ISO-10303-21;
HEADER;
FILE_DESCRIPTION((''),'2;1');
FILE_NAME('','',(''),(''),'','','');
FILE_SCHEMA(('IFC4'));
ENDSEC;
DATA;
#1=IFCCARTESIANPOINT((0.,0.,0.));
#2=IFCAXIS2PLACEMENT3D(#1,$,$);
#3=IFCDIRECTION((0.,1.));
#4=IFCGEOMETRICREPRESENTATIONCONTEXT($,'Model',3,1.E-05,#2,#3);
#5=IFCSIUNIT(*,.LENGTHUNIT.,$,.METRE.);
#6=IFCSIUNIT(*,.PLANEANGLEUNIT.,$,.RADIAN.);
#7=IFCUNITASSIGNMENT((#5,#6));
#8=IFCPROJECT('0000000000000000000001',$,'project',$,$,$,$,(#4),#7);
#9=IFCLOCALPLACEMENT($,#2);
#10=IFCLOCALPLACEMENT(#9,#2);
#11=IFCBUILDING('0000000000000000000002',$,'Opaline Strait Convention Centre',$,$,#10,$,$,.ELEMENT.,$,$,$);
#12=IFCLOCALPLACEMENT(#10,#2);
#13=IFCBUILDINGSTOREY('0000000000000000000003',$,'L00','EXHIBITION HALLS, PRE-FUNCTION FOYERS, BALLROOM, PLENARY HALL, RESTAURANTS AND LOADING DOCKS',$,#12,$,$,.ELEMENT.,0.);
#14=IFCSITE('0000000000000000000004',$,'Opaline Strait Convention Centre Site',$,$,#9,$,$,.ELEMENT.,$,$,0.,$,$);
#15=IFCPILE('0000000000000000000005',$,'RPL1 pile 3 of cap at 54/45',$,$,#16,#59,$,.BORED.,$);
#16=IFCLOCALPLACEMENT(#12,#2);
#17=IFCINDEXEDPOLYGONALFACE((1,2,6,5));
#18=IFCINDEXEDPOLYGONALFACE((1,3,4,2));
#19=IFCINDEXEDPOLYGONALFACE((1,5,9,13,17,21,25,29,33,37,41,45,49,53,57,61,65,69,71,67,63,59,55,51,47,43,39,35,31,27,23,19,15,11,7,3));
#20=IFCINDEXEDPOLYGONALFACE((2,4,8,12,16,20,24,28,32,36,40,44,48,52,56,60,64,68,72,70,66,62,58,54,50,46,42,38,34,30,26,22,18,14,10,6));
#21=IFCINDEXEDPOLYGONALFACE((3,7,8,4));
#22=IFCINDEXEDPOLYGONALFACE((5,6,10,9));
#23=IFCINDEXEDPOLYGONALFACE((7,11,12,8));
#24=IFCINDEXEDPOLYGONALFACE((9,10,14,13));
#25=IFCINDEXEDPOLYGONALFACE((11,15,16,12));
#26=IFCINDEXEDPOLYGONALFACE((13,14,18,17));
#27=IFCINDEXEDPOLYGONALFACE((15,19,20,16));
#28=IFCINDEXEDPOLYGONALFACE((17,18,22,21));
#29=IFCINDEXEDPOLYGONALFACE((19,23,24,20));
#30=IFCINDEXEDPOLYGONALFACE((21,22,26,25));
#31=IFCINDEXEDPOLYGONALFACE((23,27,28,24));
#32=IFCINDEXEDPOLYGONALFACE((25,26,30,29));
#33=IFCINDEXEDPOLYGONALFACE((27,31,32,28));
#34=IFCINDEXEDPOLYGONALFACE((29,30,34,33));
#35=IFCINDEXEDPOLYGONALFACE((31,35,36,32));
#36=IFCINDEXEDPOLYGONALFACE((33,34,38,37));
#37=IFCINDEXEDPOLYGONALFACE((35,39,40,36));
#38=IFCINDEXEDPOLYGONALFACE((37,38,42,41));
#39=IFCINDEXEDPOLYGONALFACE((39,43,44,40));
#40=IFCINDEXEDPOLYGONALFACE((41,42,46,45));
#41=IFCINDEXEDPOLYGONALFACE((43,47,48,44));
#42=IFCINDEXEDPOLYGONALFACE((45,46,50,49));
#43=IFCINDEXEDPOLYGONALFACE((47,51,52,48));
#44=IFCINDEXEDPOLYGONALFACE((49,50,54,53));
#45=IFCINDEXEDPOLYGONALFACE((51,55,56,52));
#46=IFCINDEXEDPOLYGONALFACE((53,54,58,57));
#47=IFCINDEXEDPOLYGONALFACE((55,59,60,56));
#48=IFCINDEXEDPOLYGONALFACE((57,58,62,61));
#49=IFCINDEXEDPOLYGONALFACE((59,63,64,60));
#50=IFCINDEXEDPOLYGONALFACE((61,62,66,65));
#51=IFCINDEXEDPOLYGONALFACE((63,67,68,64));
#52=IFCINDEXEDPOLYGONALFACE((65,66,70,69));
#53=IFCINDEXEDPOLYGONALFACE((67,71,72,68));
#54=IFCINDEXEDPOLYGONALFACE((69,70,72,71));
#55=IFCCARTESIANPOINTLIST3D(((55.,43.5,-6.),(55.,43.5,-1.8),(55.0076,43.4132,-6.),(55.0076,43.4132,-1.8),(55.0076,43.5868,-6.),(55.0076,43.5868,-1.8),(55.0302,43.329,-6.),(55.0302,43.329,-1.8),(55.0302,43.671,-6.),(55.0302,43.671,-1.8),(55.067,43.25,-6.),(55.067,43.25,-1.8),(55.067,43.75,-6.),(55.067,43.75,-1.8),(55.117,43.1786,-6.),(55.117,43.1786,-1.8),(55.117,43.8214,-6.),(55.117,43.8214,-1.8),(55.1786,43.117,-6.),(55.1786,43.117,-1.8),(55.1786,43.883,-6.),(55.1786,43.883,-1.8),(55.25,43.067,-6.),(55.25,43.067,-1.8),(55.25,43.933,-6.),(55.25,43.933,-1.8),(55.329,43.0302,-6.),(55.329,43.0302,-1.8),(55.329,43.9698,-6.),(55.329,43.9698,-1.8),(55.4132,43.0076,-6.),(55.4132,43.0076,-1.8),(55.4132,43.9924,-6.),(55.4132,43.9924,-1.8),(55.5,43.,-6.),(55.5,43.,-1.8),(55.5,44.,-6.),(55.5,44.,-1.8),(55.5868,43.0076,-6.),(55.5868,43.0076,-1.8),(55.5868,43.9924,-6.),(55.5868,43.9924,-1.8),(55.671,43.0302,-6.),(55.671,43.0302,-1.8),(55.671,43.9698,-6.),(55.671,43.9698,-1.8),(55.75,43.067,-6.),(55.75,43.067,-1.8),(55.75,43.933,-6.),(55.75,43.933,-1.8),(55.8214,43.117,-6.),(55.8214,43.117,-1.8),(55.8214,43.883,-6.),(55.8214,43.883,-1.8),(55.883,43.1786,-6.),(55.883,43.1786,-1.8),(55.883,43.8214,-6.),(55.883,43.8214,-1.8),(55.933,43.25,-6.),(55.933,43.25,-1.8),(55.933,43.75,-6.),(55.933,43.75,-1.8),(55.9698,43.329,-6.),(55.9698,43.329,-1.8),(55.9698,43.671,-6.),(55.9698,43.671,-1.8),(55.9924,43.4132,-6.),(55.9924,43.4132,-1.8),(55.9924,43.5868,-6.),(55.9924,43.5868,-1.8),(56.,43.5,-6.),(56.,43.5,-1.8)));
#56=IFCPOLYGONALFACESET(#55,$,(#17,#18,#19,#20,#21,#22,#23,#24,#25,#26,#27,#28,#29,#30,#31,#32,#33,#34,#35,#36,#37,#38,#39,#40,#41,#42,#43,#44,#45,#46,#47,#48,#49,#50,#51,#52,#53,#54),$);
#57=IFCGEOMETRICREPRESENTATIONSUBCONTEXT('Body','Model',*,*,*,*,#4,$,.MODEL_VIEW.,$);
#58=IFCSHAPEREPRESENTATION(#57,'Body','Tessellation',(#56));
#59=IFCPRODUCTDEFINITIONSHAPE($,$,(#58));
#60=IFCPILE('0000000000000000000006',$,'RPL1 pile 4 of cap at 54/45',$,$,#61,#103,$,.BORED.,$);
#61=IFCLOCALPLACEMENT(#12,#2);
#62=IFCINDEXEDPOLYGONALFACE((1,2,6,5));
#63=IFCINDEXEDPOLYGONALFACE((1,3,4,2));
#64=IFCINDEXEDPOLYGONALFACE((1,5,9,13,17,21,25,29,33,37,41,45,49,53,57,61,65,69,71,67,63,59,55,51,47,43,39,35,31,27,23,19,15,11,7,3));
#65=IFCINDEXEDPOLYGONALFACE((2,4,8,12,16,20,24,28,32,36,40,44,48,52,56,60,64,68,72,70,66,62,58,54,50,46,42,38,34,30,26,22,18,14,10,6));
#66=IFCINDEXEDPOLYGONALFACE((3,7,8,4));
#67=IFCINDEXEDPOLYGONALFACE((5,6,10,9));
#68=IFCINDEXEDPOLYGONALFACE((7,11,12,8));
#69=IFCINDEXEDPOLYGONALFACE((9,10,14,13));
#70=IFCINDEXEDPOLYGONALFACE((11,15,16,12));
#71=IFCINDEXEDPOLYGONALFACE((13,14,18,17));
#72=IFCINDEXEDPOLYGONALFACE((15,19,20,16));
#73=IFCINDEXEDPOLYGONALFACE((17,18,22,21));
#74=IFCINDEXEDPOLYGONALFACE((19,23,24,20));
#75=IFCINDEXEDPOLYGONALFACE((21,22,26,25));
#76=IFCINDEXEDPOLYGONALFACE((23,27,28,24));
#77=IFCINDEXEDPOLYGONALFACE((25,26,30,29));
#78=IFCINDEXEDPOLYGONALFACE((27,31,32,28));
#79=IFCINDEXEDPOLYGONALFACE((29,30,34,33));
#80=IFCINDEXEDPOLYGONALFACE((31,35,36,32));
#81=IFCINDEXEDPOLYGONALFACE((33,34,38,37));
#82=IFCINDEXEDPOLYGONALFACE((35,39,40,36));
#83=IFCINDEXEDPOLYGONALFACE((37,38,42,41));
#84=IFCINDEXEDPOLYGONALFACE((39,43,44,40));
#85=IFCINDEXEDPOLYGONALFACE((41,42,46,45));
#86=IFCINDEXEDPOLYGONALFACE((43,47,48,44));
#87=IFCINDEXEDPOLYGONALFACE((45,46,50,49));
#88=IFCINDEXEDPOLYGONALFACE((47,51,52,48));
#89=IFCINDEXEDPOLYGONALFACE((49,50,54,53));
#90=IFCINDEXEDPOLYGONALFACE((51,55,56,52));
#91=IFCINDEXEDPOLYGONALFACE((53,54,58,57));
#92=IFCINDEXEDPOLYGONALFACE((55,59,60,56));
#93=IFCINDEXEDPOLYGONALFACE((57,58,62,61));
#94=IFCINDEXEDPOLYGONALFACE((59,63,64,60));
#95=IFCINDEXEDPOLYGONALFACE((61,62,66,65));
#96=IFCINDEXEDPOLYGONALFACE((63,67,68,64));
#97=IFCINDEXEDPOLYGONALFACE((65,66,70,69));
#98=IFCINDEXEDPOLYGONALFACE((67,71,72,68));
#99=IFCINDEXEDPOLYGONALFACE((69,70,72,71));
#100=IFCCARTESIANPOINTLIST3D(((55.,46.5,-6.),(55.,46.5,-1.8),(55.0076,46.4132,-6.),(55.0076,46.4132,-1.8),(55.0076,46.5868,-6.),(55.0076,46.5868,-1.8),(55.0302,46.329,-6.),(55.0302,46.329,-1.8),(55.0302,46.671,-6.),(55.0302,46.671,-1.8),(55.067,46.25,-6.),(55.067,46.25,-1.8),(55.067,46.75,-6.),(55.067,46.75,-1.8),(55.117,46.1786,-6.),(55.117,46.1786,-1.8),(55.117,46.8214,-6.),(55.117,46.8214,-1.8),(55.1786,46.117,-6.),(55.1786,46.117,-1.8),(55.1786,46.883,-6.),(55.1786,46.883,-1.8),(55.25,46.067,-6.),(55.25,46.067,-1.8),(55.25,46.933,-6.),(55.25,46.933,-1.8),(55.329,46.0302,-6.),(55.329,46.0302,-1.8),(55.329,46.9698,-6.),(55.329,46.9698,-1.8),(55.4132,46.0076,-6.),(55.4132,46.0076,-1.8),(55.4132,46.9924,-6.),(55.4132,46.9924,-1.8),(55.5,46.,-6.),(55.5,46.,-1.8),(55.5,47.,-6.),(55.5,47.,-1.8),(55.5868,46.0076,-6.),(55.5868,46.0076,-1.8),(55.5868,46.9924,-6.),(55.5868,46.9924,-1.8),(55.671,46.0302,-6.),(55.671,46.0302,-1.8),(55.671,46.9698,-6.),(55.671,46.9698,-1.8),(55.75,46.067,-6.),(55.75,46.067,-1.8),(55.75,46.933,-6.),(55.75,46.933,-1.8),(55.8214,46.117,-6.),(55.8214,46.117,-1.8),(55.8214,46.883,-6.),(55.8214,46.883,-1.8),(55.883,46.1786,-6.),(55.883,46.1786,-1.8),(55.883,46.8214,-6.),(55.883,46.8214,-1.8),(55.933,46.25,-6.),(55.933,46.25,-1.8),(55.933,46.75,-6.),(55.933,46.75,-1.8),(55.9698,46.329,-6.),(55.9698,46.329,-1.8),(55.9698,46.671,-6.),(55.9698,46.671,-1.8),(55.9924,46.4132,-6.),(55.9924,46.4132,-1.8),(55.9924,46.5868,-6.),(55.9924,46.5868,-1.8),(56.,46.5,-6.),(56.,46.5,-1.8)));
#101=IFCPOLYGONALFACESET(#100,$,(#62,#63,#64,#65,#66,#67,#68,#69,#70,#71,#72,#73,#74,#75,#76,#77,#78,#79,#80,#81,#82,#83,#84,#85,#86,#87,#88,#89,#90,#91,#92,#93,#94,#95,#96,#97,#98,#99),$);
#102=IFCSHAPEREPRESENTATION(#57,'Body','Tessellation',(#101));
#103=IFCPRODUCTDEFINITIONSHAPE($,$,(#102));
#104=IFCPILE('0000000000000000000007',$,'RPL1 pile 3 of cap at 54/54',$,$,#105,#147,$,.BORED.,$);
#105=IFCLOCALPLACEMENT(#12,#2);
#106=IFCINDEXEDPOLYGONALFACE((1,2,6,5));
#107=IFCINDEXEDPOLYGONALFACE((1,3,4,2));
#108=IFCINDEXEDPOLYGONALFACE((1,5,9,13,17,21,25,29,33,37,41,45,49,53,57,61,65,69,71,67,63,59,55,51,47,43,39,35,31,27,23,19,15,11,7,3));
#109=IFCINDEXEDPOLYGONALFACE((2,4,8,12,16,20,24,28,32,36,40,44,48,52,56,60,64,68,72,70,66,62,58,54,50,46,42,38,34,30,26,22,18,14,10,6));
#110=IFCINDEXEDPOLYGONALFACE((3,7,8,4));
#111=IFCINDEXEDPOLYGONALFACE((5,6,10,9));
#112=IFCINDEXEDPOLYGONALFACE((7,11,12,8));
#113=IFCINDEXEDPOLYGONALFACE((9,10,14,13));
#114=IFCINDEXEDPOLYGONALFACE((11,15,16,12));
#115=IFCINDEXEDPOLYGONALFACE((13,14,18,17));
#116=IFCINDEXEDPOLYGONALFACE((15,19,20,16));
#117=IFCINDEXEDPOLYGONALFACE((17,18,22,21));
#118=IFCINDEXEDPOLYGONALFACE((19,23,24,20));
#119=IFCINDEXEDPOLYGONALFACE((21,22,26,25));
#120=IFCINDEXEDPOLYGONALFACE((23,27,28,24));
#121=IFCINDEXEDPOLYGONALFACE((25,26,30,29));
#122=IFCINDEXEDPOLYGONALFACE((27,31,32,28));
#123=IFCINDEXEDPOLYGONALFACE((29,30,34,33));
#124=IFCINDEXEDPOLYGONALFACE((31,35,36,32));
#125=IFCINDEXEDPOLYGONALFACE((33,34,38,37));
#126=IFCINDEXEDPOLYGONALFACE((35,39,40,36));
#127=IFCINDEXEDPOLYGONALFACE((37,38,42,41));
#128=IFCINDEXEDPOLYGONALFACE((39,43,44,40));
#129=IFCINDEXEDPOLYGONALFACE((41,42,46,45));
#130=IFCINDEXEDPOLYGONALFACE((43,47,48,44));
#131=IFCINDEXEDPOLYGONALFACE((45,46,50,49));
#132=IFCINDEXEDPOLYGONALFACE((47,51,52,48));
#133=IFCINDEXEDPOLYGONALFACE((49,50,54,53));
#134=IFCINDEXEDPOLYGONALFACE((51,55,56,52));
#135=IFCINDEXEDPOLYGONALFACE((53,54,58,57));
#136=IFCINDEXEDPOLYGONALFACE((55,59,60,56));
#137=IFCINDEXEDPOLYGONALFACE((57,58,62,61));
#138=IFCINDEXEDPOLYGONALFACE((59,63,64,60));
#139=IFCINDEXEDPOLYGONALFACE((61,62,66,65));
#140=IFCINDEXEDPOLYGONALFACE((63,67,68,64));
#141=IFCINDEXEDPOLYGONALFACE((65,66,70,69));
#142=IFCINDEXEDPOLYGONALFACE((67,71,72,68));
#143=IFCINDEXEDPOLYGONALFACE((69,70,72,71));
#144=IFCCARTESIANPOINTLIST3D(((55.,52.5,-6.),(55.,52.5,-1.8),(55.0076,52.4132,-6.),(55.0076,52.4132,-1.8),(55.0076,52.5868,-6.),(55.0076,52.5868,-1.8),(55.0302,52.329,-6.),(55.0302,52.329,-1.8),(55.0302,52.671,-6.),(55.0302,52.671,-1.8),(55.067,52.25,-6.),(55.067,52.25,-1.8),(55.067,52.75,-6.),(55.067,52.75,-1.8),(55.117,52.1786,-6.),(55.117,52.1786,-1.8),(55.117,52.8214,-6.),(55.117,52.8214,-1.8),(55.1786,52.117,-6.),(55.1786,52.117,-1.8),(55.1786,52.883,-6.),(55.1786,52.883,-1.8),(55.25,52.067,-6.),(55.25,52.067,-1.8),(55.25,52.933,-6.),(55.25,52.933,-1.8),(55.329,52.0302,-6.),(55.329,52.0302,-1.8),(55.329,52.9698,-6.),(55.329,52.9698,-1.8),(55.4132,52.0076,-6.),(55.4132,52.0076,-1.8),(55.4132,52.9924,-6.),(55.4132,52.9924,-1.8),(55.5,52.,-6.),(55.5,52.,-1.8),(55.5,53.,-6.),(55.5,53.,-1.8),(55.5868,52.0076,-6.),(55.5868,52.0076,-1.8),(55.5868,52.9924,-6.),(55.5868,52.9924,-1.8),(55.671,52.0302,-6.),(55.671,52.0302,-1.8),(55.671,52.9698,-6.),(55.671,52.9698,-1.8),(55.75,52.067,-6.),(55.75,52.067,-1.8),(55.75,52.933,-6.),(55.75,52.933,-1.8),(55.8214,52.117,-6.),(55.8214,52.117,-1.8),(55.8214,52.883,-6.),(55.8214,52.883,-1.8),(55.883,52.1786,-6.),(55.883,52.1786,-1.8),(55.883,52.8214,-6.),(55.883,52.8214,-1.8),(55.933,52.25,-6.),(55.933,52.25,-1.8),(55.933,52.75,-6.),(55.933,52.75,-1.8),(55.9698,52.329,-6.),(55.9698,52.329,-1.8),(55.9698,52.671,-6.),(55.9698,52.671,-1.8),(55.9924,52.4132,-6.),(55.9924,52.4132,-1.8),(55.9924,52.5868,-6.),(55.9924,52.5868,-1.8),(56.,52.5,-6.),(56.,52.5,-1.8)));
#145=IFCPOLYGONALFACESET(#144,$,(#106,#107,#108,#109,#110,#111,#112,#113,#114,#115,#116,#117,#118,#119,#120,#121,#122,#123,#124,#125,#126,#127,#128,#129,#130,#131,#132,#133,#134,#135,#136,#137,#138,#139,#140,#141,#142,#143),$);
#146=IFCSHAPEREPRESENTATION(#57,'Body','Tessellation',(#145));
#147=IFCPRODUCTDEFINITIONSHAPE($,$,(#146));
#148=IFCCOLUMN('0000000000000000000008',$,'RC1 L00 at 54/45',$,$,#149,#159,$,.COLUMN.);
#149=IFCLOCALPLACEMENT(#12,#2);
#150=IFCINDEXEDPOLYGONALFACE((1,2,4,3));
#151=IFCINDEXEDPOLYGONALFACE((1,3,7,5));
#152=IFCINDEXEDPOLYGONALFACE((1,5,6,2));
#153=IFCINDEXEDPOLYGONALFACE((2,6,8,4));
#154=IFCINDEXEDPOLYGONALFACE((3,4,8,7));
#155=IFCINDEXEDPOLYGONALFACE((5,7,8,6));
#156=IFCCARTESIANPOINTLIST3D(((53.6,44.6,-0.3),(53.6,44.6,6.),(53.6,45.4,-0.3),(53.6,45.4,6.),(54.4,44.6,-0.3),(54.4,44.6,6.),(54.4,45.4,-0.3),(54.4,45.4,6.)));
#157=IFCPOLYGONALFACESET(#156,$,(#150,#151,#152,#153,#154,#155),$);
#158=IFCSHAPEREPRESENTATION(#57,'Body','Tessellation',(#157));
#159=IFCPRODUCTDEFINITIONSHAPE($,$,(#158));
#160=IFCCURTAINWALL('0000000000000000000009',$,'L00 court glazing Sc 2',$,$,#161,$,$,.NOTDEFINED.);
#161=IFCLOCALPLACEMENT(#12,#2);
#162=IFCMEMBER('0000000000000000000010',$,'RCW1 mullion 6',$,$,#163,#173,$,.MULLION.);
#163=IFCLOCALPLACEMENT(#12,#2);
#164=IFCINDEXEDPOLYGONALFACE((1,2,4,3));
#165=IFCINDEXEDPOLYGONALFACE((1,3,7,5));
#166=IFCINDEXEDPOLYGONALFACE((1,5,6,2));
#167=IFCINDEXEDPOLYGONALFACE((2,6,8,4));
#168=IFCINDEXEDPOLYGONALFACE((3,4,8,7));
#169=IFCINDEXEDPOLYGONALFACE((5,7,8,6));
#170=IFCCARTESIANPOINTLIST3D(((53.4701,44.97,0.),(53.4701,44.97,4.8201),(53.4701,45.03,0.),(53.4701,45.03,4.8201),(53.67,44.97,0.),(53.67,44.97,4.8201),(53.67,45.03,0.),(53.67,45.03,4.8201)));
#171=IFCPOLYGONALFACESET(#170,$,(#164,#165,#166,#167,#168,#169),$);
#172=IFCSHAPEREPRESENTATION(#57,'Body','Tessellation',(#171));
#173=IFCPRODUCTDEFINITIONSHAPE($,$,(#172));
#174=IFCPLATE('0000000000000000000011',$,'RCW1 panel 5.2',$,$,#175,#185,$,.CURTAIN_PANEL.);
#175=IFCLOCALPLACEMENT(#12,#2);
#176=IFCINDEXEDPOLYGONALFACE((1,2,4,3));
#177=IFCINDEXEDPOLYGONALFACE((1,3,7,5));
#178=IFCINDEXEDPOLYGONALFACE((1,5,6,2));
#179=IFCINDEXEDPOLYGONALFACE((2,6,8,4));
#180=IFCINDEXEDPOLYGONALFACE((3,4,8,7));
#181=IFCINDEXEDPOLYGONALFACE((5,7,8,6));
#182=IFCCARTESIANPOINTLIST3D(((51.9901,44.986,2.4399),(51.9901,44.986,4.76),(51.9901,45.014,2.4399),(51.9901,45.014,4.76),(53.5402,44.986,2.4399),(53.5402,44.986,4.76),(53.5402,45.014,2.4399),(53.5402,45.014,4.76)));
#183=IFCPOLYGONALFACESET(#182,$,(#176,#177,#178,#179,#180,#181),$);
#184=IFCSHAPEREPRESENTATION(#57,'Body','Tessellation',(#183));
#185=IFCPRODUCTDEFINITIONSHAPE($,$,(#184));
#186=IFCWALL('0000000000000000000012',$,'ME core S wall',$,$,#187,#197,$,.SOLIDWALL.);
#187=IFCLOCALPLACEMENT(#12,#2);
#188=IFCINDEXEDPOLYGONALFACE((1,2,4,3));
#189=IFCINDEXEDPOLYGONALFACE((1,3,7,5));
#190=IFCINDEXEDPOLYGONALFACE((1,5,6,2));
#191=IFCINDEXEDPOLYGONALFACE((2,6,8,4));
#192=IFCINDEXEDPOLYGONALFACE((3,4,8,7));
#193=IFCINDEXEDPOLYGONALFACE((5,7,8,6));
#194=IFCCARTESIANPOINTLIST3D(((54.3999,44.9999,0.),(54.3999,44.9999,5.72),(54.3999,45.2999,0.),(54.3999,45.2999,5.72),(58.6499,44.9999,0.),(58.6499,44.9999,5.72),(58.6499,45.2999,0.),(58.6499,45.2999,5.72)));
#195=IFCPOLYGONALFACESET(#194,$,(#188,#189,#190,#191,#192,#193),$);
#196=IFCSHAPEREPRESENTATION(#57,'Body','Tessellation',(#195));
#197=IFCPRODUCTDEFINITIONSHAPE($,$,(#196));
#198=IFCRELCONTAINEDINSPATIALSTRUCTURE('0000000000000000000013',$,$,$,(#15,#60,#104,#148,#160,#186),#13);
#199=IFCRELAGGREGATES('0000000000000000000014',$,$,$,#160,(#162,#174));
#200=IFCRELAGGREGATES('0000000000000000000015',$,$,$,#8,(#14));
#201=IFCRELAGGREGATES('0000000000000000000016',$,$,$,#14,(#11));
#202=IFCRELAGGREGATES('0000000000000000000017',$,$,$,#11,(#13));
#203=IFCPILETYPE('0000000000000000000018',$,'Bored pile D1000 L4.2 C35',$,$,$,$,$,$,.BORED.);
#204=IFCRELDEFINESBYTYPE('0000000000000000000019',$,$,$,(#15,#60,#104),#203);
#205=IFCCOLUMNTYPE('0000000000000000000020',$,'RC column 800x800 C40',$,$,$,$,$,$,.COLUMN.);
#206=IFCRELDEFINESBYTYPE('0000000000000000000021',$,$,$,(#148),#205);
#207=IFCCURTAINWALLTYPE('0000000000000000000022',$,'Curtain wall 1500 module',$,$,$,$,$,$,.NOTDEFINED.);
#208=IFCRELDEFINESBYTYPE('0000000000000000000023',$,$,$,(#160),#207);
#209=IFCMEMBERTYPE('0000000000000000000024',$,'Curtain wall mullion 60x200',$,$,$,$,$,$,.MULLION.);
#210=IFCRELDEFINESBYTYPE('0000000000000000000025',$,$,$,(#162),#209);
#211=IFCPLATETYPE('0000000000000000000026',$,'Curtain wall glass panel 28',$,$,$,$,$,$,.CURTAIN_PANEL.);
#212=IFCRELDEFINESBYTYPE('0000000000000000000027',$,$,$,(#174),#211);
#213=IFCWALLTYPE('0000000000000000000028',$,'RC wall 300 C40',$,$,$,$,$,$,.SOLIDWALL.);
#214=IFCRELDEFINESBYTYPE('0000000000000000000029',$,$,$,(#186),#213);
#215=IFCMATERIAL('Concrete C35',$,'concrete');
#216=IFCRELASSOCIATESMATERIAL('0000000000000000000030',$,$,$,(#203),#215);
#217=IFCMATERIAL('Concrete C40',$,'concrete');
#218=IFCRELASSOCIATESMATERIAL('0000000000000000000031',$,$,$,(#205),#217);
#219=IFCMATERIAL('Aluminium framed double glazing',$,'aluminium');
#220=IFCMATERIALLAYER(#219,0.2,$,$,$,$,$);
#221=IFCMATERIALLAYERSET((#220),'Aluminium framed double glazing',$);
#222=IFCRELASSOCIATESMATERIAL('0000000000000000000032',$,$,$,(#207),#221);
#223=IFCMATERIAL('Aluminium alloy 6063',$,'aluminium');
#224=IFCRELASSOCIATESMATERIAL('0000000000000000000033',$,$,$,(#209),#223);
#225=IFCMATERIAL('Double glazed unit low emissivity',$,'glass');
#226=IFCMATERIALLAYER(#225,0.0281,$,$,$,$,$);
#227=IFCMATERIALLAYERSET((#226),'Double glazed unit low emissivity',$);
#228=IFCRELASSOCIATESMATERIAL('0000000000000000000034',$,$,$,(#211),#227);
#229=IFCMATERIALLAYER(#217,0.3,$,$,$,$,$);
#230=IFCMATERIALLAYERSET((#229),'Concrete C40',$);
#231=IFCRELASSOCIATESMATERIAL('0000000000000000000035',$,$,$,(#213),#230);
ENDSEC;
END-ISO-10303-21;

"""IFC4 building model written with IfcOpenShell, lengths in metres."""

from ifc_helpers import new_model, si_unit, direction, frame, frame_2d, origin, origin_2d, place, context, subcontext, project, spatial, rectangle, circle, extrude, material, layer, layer_set, material_profile, profile_set, type_object, element, aggregate, save


model = new_model("IFC4")

# Units and contexts
model_context = context("Model", 3, precision=1e-05, world=origin(), true_north=direction((0.0, 1.0)))
body_context = subcontext(model_context, "Body", "Model", "MODEL_VIEW")
ifc_project = project(units=[si_unit("LENGTHUNIT", "METRE"), si_unit("PLANEANGLEUNIT", "RADIAN")], contexts=[model_context])

# Site, building, storey
site_placement = place(None, origin())
site = spatial("IfcSite", under=ifc_project, at=site_placement, Name="Opaline Strait Convention Centre Site", CompositionType="ELEMENT", RefElevation=0.0)
building_placement = place(site_placement, origin())
building = spatial("IfcBuilding", under=site, at=building_placement, Name="Opaline Strait Convention Centre", CompositionType="ELEMENT")
storey_placement = place(building_placement, origin())
storey = spatial("IfcBuildingStorey", under=building, at=storey_placement, Name="L00", Description="EXHIBITION HALLS, PRE-FUNCTION FOYERS, BALLROOM, PLENARY HALL, RESTAURANTS AND LOADING DOCKS", CompositionType="ELEMENT", Elevation=0.0)

# Piles
ifc_material_1 = material(Name="Concrete C35", Category="concrete")
ifc_material_profile_1 = material_profile(ifc_material_1, circle(Radius=0.5, at=origin_2d()), Name="D1000")
ifc_profile_set_1 = profile_set([ifc_material_profile_1], Name="Concrete C35")
pile_type = type_object("IfcPileType", Name="Bored pile D1000 L4.2 C35", PredefinedType="BORED", material=ifc_profile_set_1)
for number, where, z_axis, x_axis, name in (
    (1, (55.5, 43.5, -1.8), (0.0, 0.0, -1.0), (1.0, 0.0, 0.0), "RPL1 pile 3 of cap at 54/45"),
    (2, (55.5, 46.5, -1.8), (0.0, 0.0, -1.0), (1.0, 0.0, 0.0), "RPL1 pile 4 of cap at 54/45"),
    (3, (55.5, 52.5, -1.8), (0.0, 0.0, -1.0), (1.0, 0.0, 0.0), "RPL1 pile 3 of cap at 54/54"),
):
    element("IfcPile", number, at=place(storey_placement, frame(where, z_axis=z_axis, x_axis=x_axis)), inside=storey, type_object=pile_type, Name=name, PredefinedType="BORED", context=body_context, shape_type="SweptSolid", body=[
        extrude(circle(Radius=0.5, at=origin_2d()), origin(), (0.0, 0.0, 1.0), 4.2),
    ])

# Column
ifc_material_2 = material(Name="Concrete C40", Category="concrete")
ifc_material_profile_2 = material_profile(ifc_material_2, rectangle(XDim=0.8, YDim=0.8, at=origin_2d()), Name="RC 800x800")
ifc_profile_set_2 = profile_set([ifc_material_profile_2], Name="Concrete C40")
column_type = type_object("IfcColumnType", Name="RC column 800x800 C40", PredefinedType="COLUMN", material=ifc_profile_set_2)
column_placement = place(storey_placement, frame((54.0, 45.0, -0.3), z_axis=(0.0, 0.0, 1.0), x_axis=(1.0, 0.0, 0.0)))
element("IfcColumn", 4, at=column_placement, inside=storey, type_object=column_type, Name="RC1 L00 at 54/45", PredefinedType="COLUMN", context=body_context, shape_type="SweptSolid", body=[
    extrude(rectangle(XDim=0.8, YDim=0.8, at=origin_2d()), origin(), (0.0, 0.0, 1.0), 6.3),
])

# Curtain wall, member, plate
ifc_material_3 = material(Name="Aluminium framed double glazing", Category="aluminium")
ifc_layer_1 = layer(ifc_material_3, 0.2)
ifc_layer_set_1 = layer_set([ifc_layer_1], Name="Aluminium framed double glazing")
curtain_wall_type = type_object("IfcCurtainWallType", Name="Curtain wall 1500 module", PredefinedType="NOTDEFINED", material=ifc_layer_set_1)
curtain_wall_placement = place(storey_placement, origin())
curtain_wall = element("IfcCurtainWall", 5, at=curtain_wall_placement, inside=storey, type_object=curtain_wall_type, Name="L00 court glazing Sc 2", PredefinedType="NOTDEFINED")
ifc_material_4 = material(Name="Aluminium alloy 6063", Category="aluminium")
ifc_material_profile_3 = material_profile(ifc_material_4, rectangle(XDim=0.0601, YDim=0.2, at=origin_2d()), Name="Curtain wall mullion 60x200")
ifc_profile_set_3 = profile_set([ifc_material_profile_3], Name="Aluminium alloy 6063")
member_type = type_object("IfcMemberType", Name="Curtain wall mullion 60x200", PredefinedType="MULLION", material=ifc_profile_set_3)
member_placement = place(storey_placement, frame((53.5701, 45.0, 0.0), z_axis=(0.0, 0.0, 1.0), x_axis=(0.0, 1.0, 0.0)))
member = element("IfcMember", 6, at=member_placement, type_object=member_type, Name="RCW1 mullion 6", PredefinedType="MULLION", context=body_context, shape_type="SweptSolid", body=[
    extrude(rectangle(XDim=0.0601, YDim=0.2, at=origin_2d()), origin(), (0.0, 0.0, 1.0), 4.8201),
])
ifc_material_5 = material(Name="Double glazed unit low emissivity", Category="glass")
ifc_layer_2 = layer(ifc_material_5, 0.0281)
ifc_layer_set_2 = layer_set([ifc_layer_2], Name="Double glazed unit low emissivity")
plate_type = type_object("IfcPlateType", Name="Curtain wall glass panel 28", PredefinedType="CURTAIN_PANEL", material=ifc_layer_set_2)
plate_placement = place(storey_placement, frame((52.7651, 45.0, 2.4399), z_axis=(0.0, 0.0, 1.0), x_axis=(1.0, 0.0, 0.0)))
plate = element("IfcPlate", 7, at=plate_placement, type_object=plate_type, Name="RCW1 panel 5.2", PredefinedType="CURTAIN_PANEL", context=body_context, shape_type="SweptSolid", body=[
    extrude(rectangle(XDim=1.55, YDim=0.0281, at=origin_2d()), origin(), (0.0, 0.0, 1.0), 2.3201),
])
aggregate(curtain_wall, [member, plate])

# Shared definitions
ifc_layer_3 = layer(ifc_material_2, 0.3)
ifc_layer_set_3 = layer_set([ifc_layer_3], Name="Concrete C40")
wall_type = type_object("IfcWallType", Name="RC wall 300 C40", PredefinedType="SOLIDWALL", material=ifc_layer_set_3)

# Wall
wall_1_placement = place(storey_placement, frame((54.3999, 45.1499, 0.0), z_axis=(0.0, 0.0, 1.0), x_axis=(1.0, 0.0, 0.0)))
element("IfcWall", 8, at=wall_1_placement, inside=storey, type_object=wall_type, Name="ME core S wall", PredefinedType="SOLIDWALL", context=body_context, shape_type="SweptSolid", body=[
    extrude(rectangle(XDim=4.25, YDim=0.3, at=frame_2d((2.125, 0.0))), origin(), (0.0, 0.0, 1.0), 5.72),
])

save(model, "model.ifc")
